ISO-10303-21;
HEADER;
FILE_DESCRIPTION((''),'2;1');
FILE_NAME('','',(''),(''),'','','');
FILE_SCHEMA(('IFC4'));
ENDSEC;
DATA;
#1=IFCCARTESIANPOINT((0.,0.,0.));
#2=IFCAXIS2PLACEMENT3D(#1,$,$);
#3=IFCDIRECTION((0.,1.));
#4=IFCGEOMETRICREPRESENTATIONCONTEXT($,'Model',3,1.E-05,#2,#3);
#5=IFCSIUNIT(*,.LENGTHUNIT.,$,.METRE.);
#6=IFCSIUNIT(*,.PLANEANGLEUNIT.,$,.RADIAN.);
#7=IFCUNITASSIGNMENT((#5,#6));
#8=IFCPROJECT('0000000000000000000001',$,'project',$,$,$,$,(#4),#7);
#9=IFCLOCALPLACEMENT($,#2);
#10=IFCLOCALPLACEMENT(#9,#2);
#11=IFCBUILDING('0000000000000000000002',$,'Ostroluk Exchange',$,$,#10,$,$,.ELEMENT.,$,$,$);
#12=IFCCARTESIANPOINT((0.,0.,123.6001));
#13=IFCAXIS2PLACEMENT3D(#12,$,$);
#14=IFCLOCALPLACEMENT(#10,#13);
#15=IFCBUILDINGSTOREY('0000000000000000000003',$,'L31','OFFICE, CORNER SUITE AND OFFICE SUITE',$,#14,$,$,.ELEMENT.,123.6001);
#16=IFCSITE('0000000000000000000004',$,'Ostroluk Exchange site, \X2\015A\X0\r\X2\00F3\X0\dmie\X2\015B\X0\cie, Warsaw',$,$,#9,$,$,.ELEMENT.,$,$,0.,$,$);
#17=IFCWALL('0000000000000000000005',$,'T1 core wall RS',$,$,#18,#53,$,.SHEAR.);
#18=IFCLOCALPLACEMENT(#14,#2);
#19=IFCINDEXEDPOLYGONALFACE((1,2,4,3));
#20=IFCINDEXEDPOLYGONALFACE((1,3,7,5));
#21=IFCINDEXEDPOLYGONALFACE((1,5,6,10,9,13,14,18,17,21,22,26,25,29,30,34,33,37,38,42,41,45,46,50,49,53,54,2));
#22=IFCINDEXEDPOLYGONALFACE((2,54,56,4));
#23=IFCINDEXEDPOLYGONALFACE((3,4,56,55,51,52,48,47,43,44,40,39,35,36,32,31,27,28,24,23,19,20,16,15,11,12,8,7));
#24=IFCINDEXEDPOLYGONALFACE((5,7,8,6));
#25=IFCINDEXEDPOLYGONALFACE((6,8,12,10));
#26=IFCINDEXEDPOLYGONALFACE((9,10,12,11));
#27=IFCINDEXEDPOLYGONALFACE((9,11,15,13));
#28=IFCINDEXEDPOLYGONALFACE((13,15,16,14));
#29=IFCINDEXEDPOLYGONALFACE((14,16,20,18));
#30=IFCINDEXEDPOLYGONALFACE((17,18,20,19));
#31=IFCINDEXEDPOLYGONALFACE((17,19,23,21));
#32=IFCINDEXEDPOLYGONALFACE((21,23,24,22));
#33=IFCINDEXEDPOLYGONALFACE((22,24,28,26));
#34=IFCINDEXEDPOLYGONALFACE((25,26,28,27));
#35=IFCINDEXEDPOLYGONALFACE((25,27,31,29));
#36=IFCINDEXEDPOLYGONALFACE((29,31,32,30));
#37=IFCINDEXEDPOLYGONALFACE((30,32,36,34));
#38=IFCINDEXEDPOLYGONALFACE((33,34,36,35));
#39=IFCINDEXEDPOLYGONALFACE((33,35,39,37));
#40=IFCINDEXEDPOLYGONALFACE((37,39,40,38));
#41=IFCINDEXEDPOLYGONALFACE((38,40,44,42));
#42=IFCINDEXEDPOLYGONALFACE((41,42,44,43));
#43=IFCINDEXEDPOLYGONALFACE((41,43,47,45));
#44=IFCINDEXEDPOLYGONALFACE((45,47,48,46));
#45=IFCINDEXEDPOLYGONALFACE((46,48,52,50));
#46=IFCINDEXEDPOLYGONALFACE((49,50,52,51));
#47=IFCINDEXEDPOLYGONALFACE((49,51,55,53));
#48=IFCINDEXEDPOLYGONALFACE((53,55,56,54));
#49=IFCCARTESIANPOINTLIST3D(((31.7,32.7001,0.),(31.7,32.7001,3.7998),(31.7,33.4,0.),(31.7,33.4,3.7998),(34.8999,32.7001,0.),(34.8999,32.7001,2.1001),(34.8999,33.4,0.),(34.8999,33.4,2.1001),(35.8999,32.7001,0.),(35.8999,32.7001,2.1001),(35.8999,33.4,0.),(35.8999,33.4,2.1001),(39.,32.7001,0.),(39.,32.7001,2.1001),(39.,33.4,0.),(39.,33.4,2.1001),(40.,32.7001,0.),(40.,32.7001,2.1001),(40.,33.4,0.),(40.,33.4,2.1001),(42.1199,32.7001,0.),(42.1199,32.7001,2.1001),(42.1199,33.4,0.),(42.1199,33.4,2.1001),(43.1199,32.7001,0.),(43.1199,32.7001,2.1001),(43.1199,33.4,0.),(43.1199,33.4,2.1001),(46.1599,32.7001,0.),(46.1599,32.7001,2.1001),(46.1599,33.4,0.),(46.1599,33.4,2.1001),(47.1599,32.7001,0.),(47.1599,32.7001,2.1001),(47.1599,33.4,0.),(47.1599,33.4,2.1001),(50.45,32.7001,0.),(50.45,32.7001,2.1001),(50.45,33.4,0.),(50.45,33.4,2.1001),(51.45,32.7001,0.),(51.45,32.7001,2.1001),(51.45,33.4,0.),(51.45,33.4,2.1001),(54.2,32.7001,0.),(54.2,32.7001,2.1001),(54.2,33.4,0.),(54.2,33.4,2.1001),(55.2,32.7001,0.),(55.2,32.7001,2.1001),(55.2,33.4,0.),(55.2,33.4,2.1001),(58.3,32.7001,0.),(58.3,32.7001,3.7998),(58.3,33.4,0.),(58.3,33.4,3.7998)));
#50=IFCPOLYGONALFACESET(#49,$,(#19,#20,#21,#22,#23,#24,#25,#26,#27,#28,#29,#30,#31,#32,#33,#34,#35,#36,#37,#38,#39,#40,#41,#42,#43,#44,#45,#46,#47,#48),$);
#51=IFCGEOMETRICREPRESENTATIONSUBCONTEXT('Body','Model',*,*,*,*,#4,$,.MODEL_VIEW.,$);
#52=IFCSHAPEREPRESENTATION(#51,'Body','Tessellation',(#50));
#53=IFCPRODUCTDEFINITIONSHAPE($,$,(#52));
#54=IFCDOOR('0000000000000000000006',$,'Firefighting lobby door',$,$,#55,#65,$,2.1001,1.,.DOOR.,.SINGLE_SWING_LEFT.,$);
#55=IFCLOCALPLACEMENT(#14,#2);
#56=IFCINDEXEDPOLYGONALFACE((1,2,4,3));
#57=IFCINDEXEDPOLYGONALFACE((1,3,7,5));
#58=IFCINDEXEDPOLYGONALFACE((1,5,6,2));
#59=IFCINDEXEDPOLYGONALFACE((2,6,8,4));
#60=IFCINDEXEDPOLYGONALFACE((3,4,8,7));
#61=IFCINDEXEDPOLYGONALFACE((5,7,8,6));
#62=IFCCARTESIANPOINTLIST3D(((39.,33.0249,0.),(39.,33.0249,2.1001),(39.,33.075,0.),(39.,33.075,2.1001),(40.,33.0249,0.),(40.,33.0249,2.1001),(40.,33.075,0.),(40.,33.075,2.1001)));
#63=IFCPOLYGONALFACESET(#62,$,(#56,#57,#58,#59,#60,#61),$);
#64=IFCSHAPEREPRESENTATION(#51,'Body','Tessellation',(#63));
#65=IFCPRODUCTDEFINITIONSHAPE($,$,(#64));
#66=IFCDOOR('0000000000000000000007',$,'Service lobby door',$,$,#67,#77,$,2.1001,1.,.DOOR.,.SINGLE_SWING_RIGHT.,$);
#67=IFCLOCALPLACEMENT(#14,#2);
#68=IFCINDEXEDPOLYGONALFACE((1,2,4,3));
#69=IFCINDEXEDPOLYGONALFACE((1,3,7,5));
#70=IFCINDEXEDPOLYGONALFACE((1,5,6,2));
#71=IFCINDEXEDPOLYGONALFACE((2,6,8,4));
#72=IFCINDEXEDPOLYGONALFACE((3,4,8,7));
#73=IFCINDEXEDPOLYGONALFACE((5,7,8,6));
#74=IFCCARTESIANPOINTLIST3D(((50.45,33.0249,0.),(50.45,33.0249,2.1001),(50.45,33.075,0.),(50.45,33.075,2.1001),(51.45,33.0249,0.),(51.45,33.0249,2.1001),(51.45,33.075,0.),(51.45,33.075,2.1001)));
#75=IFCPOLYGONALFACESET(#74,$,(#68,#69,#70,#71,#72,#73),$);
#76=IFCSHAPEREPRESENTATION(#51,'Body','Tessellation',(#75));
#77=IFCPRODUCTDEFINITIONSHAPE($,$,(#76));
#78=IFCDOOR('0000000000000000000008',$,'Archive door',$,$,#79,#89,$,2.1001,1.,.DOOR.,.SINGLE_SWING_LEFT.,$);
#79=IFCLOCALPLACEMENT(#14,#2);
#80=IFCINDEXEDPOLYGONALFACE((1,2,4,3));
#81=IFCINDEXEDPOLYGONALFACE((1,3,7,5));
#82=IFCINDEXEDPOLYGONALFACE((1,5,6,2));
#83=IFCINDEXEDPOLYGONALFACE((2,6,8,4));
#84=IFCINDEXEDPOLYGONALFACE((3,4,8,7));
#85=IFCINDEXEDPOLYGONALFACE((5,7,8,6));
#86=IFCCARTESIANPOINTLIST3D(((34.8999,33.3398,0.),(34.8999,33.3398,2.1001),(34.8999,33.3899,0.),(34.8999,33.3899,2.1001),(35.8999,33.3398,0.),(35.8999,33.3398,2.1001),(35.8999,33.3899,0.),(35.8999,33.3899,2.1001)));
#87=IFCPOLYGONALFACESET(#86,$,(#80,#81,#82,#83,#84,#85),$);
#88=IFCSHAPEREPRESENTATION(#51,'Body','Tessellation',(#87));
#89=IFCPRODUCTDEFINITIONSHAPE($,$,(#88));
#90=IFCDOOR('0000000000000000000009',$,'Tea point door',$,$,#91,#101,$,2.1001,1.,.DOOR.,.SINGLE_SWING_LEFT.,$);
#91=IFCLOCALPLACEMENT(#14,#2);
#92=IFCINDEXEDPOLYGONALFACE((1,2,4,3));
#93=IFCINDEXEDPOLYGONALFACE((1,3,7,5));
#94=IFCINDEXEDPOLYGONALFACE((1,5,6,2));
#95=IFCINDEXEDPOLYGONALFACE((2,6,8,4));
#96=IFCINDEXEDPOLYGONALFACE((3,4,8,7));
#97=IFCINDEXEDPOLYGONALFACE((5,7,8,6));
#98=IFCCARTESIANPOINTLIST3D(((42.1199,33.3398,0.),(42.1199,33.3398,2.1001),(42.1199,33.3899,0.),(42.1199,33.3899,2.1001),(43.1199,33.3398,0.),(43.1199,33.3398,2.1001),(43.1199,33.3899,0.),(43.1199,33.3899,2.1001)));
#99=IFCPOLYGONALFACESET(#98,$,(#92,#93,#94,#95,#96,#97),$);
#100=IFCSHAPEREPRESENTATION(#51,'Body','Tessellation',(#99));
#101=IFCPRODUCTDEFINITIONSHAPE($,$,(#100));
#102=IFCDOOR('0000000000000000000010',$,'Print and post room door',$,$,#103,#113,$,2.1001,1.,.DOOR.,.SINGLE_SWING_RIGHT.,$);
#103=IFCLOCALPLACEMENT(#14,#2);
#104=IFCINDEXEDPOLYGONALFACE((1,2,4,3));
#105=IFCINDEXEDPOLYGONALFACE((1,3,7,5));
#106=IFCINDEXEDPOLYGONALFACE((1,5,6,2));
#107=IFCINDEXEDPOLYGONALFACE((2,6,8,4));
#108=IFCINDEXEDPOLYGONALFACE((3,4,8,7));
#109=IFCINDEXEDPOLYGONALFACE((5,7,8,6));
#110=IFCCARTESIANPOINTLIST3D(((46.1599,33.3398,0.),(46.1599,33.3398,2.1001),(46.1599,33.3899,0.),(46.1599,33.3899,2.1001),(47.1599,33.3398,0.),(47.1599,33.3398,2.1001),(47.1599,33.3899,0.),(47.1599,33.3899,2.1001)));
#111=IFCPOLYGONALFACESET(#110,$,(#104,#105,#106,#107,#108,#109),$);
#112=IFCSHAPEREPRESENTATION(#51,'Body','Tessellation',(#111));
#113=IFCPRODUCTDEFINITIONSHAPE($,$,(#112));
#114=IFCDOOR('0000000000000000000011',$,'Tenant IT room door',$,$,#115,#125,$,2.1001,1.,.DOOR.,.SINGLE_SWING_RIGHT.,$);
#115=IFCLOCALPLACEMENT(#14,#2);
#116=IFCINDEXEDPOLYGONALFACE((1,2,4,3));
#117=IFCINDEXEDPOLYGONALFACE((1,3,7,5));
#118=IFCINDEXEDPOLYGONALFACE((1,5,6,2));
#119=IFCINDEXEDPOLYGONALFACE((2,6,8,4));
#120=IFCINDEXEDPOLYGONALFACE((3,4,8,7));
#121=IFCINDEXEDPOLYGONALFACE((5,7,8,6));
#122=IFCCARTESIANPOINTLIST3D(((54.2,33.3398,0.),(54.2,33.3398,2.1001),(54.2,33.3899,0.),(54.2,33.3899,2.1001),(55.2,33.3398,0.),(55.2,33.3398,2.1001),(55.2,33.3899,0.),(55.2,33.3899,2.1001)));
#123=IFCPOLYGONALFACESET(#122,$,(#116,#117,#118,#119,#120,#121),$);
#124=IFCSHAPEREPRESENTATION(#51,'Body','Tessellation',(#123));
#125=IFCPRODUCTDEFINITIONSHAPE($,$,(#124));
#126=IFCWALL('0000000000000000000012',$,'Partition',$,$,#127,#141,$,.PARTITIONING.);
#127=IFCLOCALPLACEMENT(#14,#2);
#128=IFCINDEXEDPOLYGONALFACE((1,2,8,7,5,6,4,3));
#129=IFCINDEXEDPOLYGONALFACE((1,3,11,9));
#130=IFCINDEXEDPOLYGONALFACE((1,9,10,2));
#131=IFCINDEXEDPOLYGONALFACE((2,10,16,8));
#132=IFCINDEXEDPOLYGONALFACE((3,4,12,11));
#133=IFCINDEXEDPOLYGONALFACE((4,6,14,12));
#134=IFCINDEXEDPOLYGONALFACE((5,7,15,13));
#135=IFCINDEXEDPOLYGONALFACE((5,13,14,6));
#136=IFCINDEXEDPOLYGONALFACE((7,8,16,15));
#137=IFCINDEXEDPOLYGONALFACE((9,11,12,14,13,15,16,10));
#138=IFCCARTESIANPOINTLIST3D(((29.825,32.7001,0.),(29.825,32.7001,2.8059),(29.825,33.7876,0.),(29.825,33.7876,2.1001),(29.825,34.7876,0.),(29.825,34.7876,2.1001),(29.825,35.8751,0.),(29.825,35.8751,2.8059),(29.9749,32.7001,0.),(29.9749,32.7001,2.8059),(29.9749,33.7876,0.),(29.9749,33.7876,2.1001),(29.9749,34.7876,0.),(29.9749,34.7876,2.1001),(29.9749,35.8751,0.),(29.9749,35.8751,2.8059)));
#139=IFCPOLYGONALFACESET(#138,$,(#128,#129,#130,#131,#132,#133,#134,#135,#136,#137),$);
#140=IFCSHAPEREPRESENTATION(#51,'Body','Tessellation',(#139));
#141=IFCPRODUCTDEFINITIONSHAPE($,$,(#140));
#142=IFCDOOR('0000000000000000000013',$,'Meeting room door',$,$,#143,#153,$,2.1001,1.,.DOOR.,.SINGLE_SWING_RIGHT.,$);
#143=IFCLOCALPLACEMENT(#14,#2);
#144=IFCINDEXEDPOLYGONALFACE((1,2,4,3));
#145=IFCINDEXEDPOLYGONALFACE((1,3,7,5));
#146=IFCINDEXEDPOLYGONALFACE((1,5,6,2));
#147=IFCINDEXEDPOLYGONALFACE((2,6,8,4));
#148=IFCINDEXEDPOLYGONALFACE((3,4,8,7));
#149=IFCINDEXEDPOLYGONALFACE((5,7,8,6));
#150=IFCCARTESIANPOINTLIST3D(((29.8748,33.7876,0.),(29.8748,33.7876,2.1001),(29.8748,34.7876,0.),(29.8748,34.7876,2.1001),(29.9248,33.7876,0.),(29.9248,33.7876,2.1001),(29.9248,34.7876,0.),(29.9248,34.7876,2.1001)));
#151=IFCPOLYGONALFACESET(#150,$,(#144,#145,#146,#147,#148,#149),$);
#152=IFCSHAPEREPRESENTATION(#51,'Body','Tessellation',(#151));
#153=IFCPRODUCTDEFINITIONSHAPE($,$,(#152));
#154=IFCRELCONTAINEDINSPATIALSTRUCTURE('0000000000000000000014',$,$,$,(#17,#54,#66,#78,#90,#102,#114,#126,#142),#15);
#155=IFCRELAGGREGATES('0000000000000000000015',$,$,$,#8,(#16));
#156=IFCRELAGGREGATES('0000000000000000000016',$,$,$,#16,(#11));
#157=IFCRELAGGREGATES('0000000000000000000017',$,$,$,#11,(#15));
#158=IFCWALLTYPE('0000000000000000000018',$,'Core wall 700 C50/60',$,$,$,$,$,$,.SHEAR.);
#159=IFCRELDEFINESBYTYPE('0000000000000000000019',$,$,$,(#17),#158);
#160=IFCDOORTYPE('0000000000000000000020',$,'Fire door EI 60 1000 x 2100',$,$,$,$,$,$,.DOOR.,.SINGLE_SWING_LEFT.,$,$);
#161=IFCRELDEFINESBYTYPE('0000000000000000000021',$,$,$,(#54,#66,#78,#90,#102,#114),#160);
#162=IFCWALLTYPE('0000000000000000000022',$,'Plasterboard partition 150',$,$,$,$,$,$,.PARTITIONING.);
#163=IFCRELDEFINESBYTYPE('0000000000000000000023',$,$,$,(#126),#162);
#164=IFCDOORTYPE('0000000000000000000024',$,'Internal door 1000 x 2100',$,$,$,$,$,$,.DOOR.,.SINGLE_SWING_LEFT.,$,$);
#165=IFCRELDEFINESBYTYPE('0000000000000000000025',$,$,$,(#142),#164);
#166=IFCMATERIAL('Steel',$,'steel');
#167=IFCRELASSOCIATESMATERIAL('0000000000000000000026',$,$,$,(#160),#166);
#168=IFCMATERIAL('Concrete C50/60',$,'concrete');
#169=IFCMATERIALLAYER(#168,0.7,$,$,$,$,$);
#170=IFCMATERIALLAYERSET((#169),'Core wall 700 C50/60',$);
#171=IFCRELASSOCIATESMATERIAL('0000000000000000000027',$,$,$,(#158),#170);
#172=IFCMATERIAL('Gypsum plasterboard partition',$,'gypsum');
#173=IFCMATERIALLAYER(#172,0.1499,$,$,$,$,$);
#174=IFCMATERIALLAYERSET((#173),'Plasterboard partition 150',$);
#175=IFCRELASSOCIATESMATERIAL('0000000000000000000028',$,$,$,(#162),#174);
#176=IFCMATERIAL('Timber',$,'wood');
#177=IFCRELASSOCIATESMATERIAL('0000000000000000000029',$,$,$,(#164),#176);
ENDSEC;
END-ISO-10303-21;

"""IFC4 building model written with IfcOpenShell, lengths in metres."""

from ifc_helpers import new_model, si_unit, direction, frame, frame_2d, origin, place, context, subcontext, project, spatial, rectangle, extrude, material, layer, layer_set, type_object, element, fill, save


model = new_model("IFC4")

# Units and contexts
model_context = context("Model", 3, precision=1e-05, world=origin(), true_north=direction((0.0, 1.0)))
body_context = subcontext(model_context, "Body", "Model", "MODEL_VIEW")
ifc_project = project(units=[si_unit("LENGTHUNIT", "METRE"), si_unit("PLANEANGLEUNIT", "RADIAN")], contexts=[model_context])

# Site, building, storey
site_placement = place(None, origin())
site = spatial("IfcSite", under=ifc_project, at=site_placement, Name="Ostroluk Exchange site, Śródmieście, Warsaw", CompositionType="ELEMENT", RefElevation=0.0)
building_placement = place(site_placement, origin())
building = spatial("IfcBuilding", under=site, at=building_placement, Name="Ostroluk Exchange", CompositionType="ELEMENT")
storey_placement = place(building_placement, frame((0.0, 0.0, 123.6001)))
storey = spatial("IfcBuildingStorey", under=building, at=storey_placement, Name="L31", Description="OFFICE, CORNER SUITE AND OFFICE SUITE", CompositionType="ELEMENT", Elevation=123.6001)

# Wall, openings, doors
ifc_material_1 = material(Name="Steel", Category="steel")
door_type_1 = type_object("IfcDoorType", Name="Fire door EI 60 1000 x 2100", OperationType="SINGLE_SWING_LEFT", PredefinedType="DOOR", material=ifc_material_1)
ifc_material_2 = material(Name="Concrete C50/60", Category="concrete")
ifc_layer_1 = layer(ifc_material_2, 0.7)
ifc_layer_set_1 = layer_set([ifc_layer_1], Name="Core wall 700 C50/60")
wall_type_1 = type_object("IfcWallType", Name="Core wall 700 C50/60", PredefinedType="SHEAR", material=ifc_layer_set_1)
wall_1_placement = place(storey_placement, frame((31.7, 33.05, 0.0), z_axis=(0.0, 0.0, 1.0), x_axis=(1.0, 0.0, 0.0)))
wall_1 = element("IfcWall", 1, at=wall_1_placement, inside=storey, type_object=wall_type_1, Name="T1 core wall RS", PredefinedType="SHEAR", context=body_context, shape_type="SweptSolid", body=[
    extrude(rectangle(XDim=26.6001, YDim=0.7, at=frame_2d((13.3, 0.0))), origin(), (0.0, 0.0, 1.0), 3.7998),
])
opening_1_placement = place(wall_1_placement, frame((7.3, 0.0, 0.0)))
opening_1 = element("IfcOpeningElement", 2, at=opening_1_placement, cuts=wall_1, PredefinedType="OPENING", context=body_context, shape_type="SweptSolid", body=[
    extrude(rectangle(XDim=1.0, YDim=2.1001, at=frame_2d((0.5, 1.05))), frame((0.0, 0.3599, 0.0), z_axis=(0.0, -1.0, 0.0), x_axis=(1.0, 0.0, 0.0)), (0.0, 0.0, 1.0), 0.72),
])
opening_2_placement = place(wall_1_placement, frame((18.75, 0.0, 0.0)))
opening_2 = element("IfcOpeningElement", 3, at=opening_2_placement, cuts=wall_1, PredefinedType="OPENING", context=body_context, shape_type="SweptSolid", body=[
    extrude(rectangle(XDim=1.0, YDim=2.1001, at=frame_2d((0.5, 1.05))), frame((0.0, 0.3599, 0.0), z_axis=(0.0, -1.0, 0.0), x_axis=(1.0, 0.0, 0.0)), (0.0, 0.0, 1.0), 0.72),
])
opening_3_placement = place(wall_1_placement, frame((3.2, 0.0, 0.0)))
opening_3 = element("IfcOpeningElement", 4, at=opening_3_placement, cuts=wall_1, PredefinedType="OPENING", context=body_context, shape_type="SweptSolid", body=[
    extrude(rectangle(XDim=1.0, YDim=2.1001, at=frame_2d((0.5, 1.05))), frame((0.0, 0.3599, 0.0), z_axis=(0.0, -1.0, 0.0), x_axis=(1.0, 0.0, 0.0)), (0.0, 0.0, 1.0), 0.72),
])
opening_4_placement = place(wall_1_placement, frame((10.4199, 0.0, 0.0)))
opening_4 = element("IfcOpeningElement", 5, at=opening_4_placement, cuts=wall_1, PredefinedType="OPENING", context=body_context, shape_type="SweptSolid", body=[
    extrude(rectangle(XDim=1.0, YDim=2.1001, at=frame_2d((0.5, 1.05))), frame((0.0, 0.3599, 0.0), z_axis=(0.0, -1.0, 0.0), x_axis=(1.0, 0.0, 0.0)), (0.0, 0.0, 1.0), 0.72),
])
opening_5_placement = place(wall_1_placement, frame((14.46, 0.0, 0.0)))
opening_5 = element("IfcOpeningElement", 6, at=opening_5_placement, cuts=wall_1, PredefinedType="OPENING", context=body_context, shape_type="SweptSolid", body=[
    extrude(rectangle(XDim=1.0, YDim=2.1001, at=frame_2d((0.5, 1.05))), frame((0.0, 0.3599, 0.0), z_axis=(0.0, -1.0, 0.0), x_axis=(1.0, 0.0, 0.0)), (0.0, 0.0, 1.0), 0.72),
])
opening_6_placement = place(wall_1_placement, frame((22.5, 0.0, 0.0)))
opening_6 = element("IfcOpeningElement", 7, at=opening_6_placement, cuts=wall_1, PredefinedType="OPENING", context=body_context, shape_type="SweptSolid", body=[
    extrude(rectangle(XDim=1.0, YDim=2.1001, at=frame_2d((0.5, 1.05))), frame((0.0, 0.3599, 0.0), z_axis=(0.0, -1.0, 0.0), x_axis=(1.0, 0.0, 0.0)), (0.0, 0.0, 1.0), 0.72),
])
door_1_placement = place(opening_1_placement, origin())
door_1 = element("IfcDoor", 8, at=door_1_placement, inside=storey, type_object=door_type_1, Name="Firefighting lobby door", OperationType="SINGLE_SWING_LEFT", OverallHeight=2.1001, OverallWidth=1.0, PredefinedType="DOOR", context=body_context, shape_type="SweptSolid", body=[
    extrude(rectangle(XDim=1.0, YDim=2.1001, at=frame_2d((0.5, 1.05))), frame((0.0, 0.0249, 0.0), z_axis=(0.0, -1.0, 0.0), x_axis=(1.0, 0.0, 0.0)), (0.0, 0.0, 1.0), 0.05),
])
fill(opening_1, door_1)
door_2_placement = place(opening_2_placement, origin())
door_2 = element("IfcDoor", 9, at=door_2_placement, inside=storey, type_object=door_type_1, Name="Service lobby door", OperationType="SINGLE_SWING_RIGHT", OverallHeight=2.1001, OverallWidth=1.0, PredefinedType="DOOR", context=body_context, shape_type="SweptSolid", body=[
    extrude(rectangle(XDim=1.0, YDim=2.1001, at=frame_2d((0.5, 1.05))), frame((0.0, 0.0249, 0.0), z_axis=(0.0, -1.0, 0.0), x_axis=(1.0, 0.0, 0.0)), (0.0, 0.0, 1.0), 0.05),
])
fill(opening_2, door_2)
door_3_placement = place(opening_3_placement, origin())
door_3 = element("IfcDoor", 10, at=door_3_placement, inside=storey, type_object=door_type_1, Name="Archive door", OperationType="SINGLE_SWING_LEFT", OverallHeight=2.1001, OverallWidth=1.0, PredefinedType="DOOR", context=body_context, shape_type="SweptSolid", body=[
    extrude(rectangle(XDim=1.0, YDim=2.1001, at=frame_2d((0.5, 1.05))), frame((0.0, 0.3398, 0.0), z_axis=(0.0, -1.0, 0.0), x_axis=(1.0, 0.0, 0.0)), (0.0, 0.0, 1.0), 0.05),
])
fill(opening_3, door_3)
door_4_placement = place(opening_4_placement, origin())
door_4 = element("IfcDoor", 11, at=door_4_placement, inside=storey, type_object=door_type_1, Name="Tea point door", OperationType="SINGLE_SWING_LEFT", OverallHeight=2.1001, OverallWidth=1.0, PredefinedType="DOOR", context=body_context, shape_type="SweptSolid", body=[
    extrude(rectangle(XDim=1.0, YDim=2.1001, at=frame_2d((0.5, 1.05))), frame((0.0, 0.3398, 0.0), z_axis=(0.0, -1.0, 0.0), x_axis=(1.0, 0.0, 0.0)), (0.0, 0.0, 1.0), 0.05),
])
fill(opening_4, door_4)
door_5_placement = place(opening_5_placement, origin())
door_5 = element("IfcDoor", 12, at=door_5_placement, inside=storey, type_object=door_type_1, Name="Print and post room door", OperationType="SINGLE_SWING_RIGHT", OverallHeight=2.1001, OverallWidth=1.0, PredefinedType="DOOR", context=body_context, shape_type="SweptSolid", body=[
    extrude(rectangle(XDim=1.0, YDim=2.1001, at=frame_2d((0.5, 1.05))), frame((0.0, 0.3398, 0.0), z_axis=(0.0, -1.0, 0.0), x_axis=(1.0, 0.0, 0.0)), (0.0, 0.0, 1.0), 0.05),
])
fill(opening_5, door_5)
door_6_placement = place(opening_6_placement, origin())
door_6 = element("IfcDoor", 13, at=door_6_placement, inside=storey, type_object=door_type_1, Name="Tenant IT room door", OperationType="SINGLE_SWING_RIGHT", OverallHeight=2.1001, OverallWidth=1.0, PredefinedType="DOOR", context=body_context, shape_type="SweptSolid", body=[
    extrude(rectangle(XDim=1.0, YDim=2.1001, at=frame_2d((0.5, 1.05))), frame((0.0, 0.3398, 0.0), z_axis=(0.0, -1.0, 0.0), x_axis=(1.0, 0.0, 0.0)), (0.0, 0.0, 1.0), 0.05),
])
fill(opening_6, door_6)

# Wall, opening, door
ifc_material_3 = material(Name="Gypsum plasterboard partition", Category="gypsum")
ifc_layer_2 = layer(ifc_material_3, 0.1499)
ifc_layer_set_2 = layer_set([ifc_layer_2], Name="Plasterboard partition 150")
wall_type_2 = type_object("IfcWallType", Name="Plasterboard partition 150", PredefinedType="PARTITIONING", material=ifc_layer_set_2)
wall_2_placement = place(storey_placement, frame((29.8999, 35.875, 0.0), z_axis=(0.0, 0.0, 1.0), x_axis=(0.0, -1.0, 0.0)))
wall_2 = element("IfcWall", 14, at=wall_2_placement, inside=storey, type_object=wall_type_2, Name="Partition", PredefinedType="PARTITIONING", context=body_context, shape_type="SweptSolid", body=[
    extrude(rectangle(XDim=3.175, YDim=0.1499, at=frame_2d((1.5874, 0.0))), origin(), (0.0, 0.0, 1.0), 2.8059),
])
opening_7_placement = place(wall_2_placement, frame((1.0874, 0.0, 0.0)))
opening_7 = element("IfcOpeningElement", 15, at=opening_7_placement, cuts=wall_2, PredefinedType="OPENING", context=body_context, shape_type="SweptSolid", body=[
    extrude(rectangle(XDim=1.0, YDim=2.1001, at=frame_2d((0.5, 1.05))), frame((0.0, 0.085, 0.0), z_axis=(0.0, -1.0, 0.0), x_axis=(1.0, 0.0, 0.0)), (0.0, 0.0, 1.0), 0.1699),
])
ifc_material_4 = material(Name="Timber", Category="wood")
door_type_2 = type_object("IfcDoorType", Name="Internal door 1000 x 2100", OperationType="SINGLE_SWING_LEFT", PredefinedType="DOOR", material=ifc_material_4)
door_7_placement = place(opening_7_placement, origin())
door_7 = element("IfcDoor", 16, at=door_7_placement, inside=storey, type_object=door_type_2, Name="Meeting room door", OperationType="SINGLE_SWING_RIGHT", OverallHeight=2.1001, OverallWidth=1.0, PredefinedType="DOOR", context=body_context, shape_type="SweptSolid", body=[
    extrude(rectangle(XDim=1.0, YDim=2.1001, at=frame_2d((0.5, 1.05))), frame((0.0, 0.0249, 0.0), z_axis=(0.0, -1.0, 0.0), x_axis=(1.0, 0.0, 0.0)), (0.0, 0.0, 1.0), 0.05),
])
fill(opening_7, door_7)

save(model, "model.ifc")
